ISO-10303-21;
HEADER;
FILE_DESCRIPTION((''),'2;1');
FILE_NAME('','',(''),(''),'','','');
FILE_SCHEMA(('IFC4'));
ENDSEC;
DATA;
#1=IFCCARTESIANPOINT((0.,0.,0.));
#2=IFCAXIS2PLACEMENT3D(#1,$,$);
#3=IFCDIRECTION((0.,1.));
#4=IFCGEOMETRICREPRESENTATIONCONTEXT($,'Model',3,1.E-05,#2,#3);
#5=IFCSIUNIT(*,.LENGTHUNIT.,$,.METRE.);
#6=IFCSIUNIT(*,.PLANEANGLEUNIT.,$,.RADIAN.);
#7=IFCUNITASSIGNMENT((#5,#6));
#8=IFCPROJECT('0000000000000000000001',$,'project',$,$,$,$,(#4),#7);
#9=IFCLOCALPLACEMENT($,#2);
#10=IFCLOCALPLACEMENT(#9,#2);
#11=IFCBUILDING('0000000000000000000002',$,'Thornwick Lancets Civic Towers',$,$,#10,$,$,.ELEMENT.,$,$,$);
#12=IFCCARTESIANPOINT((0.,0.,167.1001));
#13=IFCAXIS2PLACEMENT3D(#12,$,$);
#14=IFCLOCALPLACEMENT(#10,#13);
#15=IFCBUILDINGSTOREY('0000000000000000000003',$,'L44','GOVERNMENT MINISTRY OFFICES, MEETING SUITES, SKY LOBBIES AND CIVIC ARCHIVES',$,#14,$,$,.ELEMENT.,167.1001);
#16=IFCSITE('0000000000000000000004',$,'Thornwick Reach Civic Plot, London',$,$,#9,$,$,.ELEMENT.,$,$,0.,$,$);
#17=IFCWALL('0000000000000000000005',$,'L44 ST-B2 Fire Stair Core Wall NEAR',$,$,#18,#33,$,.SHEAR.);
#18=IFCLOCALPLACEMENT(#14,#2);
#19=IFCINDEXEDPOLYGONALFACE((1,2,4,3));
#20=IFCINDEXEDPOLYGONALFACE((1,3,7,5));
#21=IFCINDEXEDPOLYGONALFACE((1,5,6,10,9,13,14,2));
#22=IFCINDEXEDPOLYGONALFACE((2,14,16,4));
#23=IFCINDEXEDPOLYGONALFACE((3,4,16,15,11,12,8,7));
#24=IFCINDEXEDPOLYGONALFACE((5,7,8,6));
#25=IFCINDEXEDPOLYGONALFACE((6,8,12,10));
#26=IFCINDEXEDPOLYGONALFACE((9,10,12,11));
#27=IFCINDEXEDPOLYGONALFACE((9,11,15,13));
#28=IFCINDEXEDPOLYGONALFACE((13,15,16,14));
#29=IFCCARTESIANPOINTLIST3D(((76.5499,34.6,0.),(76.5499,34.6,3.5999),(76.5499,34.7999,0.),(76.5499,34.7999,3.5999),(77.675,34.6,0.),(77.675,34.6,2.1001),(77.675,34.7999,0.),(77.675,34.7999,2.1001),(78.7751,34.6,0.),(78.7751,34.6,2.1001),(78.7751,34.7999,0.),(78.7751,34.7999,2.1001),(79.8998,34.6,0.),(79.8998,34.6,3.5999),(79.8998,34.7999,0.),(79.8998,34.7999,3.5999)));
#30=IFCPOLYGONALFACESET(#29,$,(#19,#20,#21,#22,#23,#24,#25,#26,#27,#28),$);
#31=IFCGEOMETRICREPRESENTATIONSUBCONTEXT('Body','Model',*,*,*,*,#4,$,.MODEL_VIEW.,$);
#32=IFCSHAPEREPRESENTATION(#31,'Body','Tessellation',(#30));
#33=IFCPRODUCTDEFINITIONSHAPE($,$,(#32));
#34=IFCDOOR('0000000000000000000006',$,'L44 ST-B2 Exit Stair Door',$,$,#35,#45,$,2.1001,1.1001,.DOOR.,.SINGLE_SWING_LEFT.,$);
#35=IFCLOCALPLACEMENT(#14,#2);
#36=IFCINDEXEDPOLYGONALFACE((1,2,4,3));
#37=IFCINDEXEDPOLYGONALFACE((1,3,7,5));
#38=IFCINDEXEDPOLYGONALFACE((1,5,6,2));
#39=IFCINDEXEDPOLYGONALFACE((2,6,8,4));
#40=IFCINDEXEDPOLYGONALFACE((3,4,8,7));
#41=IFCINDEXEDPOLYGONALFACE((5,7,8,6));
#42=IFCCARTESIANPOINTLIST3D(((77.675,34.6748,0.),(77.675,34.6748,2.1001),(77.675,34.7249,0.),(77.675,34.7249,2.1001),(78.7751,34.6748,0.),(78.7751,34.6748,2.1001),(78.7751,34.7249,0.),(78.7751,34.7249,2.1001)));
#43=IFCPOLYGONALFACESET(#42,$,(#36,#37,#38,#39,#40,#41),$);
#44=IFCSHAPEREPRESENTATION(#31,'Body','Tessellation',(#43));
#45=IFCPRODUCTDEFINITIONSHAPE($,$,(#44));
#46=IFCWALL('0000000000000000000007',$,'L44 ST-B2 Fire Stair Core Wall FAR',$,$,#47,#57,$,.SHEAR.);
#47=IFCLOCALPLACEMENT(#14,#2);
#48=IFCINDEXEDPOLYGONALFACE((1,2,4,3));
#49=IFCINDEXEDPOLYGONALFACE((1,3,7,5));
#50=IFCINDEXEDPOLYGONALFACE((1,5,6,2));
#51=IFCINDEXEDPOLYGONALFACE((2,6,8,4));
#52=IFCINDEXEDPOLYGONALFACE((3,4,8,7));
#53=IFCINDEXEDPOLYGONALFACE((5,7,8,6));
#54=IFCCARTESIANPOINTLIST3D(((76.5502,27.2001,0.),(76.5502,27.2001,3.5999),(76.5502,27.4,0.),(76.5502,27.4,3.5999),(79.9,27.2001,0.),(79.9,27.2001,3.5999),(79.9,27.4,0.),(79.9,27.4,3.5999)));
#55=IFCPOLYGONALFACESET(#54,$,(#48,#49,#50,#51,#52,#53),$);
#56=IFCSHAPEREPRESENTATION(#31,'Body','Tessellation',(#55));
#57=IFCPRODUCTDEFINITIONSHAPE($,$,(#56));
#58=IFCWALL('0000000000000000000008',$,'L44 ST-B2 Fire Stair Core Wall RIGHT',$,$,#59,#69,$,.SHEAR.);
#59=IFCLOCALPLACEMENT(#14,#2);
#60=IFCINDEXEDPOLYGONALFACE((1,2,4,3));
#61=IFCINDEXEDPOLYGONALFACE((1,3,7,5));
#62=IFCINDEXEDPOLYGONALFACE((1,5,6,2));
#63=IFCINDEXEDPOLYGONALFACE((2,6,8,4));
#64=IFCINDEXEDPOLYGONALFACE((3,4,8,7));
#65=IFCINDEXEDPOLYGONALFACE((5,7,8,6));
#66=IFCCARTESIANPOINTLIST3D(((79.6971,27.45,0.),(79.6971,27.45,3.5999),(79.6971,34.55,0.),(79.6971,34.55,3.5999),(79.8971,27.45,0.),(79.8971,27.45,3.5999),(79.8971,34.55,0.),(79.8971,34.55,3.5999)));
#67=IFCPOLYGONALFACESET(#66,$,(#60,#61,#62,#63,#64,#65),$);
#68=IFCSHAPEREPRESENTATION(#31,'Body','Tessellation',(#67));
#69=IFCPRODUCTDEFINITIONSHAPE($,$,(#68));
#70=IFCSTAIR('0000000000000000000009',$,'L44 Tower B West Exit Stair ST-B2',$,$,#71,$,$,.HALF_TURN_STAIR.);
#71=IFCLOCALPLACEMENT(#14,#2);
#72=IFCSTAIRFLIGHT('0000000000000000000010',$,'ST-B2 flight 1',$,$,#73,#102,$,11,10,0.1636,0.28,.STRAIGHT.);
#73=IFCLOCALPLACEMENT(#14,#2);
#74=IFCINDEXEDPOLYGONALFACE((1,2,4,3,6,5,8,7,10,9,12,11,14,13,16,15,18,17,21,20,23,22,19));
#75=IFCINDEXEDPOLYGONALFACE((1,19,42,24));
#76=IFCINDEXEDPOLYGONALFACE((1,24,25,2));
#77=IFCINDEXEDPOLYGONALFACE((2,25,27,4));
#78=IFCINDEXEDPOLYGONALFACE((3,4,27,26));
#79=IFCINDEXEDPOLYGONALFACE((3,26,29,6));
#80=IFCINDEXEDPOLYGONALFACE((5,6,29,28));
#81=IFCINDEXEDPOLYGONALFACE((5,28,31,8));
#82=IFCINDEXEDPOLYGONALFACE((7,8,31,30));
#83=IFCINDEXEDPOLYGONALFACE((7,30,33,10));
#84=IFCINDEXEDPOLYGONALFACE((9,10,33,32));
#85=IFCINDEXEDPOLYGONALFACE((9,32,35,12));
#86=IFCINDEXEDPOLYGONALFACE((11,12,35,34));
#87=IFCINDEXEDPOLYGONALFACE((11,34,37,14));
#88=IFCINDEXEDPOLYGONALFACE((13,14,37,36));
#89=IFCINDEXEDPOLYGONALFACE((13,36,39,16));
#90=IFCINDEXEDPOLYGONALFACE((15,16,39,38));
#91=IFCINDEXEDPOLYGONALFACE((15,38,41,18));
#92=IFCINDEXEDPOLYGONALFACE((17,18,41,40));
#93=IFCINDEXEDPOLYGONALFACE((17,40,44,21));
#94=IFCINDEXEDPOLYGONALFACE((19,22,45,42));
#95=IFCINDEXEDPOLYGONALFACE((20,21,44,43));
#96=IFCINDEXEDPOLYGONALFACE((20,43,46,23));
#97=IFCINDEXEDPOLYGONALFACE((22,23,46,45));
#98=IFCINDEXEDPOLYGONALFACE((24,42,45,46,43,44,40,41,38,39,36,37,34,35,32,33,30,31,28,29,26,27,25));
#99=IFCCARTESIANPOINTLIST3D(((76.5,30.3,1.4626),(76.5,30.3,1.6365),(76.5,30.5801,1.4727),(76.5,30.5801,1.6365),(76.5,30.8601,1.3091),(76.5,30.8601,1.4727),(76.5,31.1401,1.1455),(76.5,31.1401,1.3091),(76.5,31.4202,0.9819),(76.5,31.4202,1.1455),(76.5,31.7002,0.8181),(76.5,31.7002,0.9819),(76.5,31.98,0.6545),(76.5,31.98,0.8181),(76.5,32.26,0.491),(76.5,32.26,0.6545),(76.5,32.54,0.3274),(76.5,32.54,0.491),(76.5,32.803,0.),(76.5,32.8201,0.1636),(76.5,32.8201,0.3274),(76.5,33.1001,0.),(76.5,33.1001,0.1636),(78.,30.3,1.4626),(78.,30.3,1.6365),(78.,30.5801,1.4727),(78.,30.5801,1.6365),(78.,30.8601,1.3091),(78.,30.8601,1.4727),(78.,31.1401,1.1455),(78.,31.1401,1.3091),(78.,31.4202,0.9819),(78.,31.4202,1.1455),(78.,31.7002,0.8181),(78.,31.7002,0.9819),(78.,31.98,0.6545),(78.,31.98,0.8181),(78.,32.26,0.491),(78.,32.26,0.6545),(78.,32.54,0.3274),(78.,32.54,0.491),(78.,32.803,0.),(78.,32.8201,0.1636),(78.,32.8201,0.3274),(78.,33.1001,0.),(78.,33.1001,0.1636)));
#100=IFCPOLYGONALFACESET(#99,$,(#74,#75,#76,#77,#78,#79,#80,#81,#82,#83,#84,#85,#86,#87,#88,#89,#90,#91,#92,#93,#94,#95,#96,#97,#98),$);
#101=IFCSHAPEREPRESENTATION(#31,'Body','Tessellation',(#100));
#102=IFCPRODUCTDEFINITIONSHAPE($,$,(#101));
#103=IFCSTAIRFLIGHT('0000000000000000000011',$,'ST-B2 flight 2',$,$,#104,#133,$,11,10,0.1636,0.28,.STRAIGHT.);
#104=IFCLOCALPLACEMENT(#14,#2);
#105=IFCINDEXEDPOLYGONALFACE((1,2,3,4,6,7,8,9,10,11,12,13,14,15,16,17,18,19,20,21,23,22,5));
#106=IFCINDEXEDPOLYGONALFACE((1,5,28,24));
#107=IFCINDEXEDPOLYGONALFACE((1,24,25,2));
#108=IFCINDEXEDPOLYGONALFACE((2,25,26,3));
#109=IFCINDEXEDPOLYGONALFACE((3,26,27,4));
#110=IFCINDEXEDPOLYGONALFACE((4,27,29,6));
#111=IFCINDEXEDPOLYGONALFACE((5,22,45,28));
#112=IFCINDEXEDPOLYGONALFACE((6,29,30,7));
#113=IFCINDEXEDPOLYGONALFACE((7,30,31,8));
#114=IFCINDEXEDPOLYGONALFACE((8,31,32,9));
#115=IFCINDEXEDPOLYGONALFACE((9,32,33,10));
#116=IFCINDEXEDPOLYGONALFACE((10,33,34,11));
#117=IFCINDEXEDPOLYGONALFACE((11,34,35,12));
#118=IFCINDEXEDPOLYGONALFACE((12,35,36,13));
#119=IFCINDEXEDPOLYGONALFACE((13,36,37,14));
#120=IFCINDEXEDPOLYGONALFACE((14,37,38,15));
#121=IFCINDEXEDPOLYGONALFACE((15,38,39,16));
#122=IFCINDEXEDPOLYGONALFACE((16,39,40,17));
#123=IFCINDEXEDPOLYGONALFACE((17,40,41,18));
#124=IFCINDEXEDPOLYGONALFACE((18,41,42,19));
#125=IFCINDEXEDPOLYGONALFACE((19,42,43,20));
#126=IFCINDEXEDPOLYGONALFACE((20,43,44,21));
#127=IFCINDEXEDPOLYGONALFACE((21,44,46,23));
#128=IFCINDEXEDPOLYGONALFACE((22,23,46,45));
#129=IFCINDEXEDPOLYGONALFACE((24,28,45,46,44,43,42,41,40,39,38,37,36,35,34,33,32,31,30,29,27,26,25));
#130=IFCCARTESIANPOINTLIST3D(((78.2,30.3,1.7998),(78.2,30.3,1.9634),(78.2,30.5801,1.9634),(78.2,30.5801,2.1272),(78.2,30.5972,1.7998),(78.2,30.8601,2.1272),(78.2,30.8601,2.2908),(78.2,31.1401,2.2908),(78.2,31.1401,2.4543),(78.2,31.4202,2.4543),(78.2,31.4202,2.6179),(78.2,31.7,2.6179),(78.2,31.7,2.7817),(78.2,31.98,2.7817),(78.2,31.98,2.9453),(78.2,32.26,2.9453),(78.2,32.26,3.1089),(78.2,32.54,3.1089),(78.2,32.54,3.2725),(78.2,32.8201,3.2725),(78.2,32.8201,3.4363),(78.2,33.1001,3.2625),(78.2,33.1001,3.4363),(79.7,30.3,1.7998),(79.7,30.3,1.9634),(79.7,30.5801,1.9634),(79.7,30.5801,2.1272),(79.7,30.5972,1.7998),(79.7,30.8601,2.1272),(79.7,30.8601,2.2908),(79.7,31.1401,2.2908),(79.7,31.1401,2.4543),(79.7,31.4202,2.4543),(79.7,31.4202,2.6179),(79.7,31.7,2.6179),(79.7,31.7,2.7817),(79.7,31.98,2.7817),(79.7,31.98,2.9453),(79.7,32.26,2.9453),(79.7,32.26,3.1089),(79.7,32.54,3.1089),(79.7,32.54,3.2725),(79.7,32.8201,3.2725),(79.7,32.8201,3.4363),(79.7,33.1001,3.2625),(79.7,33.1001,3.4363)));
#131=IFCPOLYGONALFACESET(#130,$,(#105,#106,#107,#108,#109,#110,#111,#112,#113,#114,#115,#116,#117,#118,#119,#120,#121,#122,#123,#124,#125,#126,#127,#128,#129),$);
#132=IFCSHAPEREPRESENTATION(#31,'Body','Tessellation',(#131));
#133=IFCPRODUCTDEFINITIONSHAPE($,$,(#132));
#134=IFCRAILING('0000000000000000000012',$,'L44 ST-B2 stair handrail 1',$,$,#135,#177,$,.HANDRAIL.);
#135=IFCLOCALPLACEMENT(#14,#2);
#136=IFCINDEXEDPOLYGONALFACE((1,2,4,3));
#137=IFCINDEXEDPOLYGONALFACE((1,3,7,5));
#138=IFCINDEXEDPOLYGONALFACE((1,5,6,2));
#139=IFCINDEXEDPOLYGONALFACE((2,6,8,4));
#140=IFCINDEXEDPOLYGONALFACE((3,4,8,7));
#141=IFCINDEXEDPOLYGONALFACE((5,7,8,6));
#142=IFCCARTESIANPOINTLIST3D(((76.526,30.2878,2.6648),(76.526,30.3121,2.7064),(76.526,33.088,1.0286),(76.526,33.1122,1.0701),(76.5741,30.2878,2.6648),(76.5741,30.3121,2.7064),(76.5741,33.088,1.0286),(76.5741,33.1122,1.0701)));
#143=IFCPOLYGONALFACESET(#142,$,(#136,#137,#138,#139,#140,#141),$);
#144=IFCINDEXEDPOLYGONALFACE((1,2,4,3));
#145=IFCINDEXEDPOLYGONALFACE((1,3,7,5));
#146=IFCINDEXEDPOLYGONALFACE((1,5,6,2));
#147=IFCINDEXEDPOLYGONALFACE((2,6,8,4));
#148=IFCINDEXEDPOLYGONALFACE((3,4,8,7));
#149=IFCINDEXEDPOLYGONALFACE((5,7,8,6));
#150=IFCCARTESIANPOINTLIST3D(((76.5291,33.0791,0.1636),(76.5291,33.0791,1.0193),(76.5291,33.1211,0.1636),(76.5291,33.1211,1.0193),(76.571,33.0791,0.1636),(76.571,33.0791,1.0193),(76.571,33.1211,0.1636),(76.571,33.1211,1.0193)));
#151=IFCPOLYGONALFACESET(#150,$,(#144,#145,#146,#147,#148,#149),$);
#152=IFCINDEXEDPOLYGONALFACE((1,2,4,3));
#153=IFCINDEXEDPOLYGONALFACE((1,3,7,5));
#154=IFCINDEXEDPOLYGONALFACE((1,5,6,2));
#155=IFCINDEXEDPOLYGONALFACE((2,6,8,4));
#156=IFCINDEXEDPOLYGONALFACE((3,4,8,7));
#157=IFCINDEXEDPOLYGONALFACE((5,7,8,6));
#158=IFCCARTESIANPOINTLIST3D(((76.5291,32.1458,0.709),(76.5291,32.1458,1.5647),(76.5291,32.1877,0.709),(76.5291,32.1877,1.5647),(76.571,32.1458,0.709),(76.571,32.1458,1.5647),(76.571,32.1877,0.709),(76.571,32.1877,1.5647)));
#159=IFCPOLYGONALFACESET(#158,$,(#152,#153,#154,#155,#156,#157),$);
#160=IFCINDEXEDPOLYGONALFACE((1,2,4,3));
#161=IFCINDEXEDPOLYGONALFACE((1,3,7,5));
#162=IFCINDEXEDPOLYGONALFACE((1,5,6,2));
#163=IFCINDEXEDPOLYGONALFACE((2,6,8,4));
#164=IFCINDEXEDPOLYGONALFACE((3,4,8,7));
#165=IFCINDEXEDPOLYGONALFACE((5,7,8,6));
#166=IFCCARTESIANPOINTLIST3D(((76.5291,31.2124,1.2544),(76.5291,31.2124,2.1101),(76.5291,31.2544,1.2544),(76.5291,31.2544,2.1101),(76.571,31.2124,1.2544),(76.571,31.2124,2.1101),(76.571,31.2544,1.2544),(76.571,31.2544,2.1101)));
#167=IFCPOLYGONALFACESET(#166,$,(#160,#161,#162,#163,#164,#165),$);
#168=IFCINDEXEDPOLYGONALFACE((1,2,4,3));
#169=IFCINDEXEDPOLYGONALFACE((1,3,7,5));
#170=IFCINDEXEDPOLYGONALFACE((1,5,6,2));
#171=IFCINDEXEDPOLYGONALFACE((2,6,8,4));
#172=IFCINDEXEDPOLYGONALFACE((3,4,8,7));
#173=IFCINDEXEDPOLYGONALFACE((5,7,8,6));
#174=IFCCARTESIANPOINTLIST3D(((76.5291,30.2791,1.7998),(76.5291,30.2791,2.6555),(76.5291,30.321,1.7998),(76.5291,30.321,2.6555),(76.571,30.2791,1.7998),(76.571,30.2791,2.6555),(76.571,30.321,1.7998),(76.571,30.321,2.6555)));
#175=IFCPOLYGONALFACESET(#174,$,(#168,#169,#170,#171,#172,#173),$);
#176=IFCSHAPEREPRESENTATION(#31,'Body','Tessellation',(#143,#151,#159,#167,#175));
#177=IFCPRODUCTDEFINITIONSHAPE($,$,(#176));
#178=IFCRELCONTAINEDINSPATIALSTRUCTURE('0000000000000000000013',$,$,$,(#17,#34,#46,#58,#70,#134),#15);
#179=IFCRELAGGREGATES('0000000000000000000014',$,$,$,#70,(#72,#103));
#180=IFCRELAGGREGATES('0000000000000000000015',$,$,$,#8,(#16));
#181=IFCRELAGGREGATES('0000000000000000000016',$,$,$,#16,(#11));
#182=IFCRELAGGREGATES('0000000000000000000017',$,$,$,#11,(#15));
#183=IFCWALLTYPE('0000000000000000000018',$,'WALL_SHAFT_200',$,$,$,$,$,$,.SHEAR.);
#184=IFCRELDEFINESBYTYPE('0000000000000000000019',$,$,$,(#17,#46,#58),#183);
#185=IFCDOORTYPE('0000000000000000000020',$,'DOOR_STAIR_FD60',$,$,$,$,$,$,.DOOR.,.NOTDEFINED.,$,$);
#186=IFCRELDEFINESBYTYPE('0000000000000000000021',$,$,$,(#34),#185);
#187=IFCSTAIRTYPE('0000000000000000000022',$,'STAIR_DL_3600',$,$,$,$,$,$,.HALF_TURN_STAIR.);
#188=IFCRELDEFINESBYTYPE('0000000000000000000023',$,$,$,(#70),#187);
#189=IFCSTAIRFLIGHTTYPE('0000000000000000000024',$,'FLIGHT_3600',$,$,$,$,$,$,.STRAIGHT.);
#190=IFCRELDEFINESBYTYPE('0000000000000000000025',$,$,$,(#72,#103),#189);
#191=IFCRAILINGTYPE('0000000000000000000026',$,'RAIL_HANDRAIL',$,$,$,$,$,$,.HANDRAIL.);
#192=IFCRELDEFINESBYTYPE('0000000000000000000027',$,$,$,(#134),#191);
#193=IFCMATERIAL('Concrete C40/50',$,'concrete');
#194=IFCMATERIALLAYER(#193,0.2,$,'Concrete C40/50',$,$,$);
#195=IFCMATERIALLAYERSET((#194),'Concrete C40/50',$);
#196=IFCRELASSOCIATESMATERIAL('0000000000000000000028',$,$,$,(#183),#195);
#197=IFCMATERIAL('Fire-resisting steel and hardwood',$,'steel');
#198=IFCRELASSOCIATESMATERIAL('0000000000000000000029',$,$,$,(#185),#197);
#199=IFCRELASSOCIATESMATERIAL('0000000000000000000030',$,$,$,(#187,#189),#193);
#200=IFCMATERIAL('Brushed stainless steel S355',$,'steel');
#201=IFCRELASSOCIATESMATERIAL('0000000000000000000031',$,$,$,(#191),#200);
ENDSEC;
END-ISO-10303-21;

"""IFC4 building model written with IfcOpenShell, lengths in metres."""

from ifc_helpers import new_model, si_unit, direction, frame, frame_2d, origin, origin_2d, place, context, subcontext, project, spatial, polyline, rectangle, outline, extrude, material, layer, layer_set, type_object, element, fill, aggregate, save


model = new_model("IFC4")

# Units and contexts
model_context = context("Model", 3, precision=1e-05, world=origin(), true_north=direction((0.0, 1.0)))
body_context = subcontext(model_context, "Body", "Model", "MODEL_VIEW")
ifc_project = project(units=[si_unit("LENGTHUNIT", "METRE"), si_unit("PLANEANGLEUNIT", "RADIAN")], contexts=[model_context])

# Site, building, storey
site_placement = place(None, origin())
site = spatial("IfcSite", under=ifc_project, at=site_placement, Name="Thornwick Reach Civic Plot, London", CompositionType="ELEMENT", RefElevation=0.0)
building_placement = place(site_placement, origin())
building = spatial("IfcBuilding", under=site, at=building_placement, Name="Thornwick Lancets Civic Towers", CompositionType="ELEMENT")
storey_placement = place(building_placement, frame((0.0, 0.0, 167.1001)))
storey = spatial("IfcBuildingStorey", under=building, at=storey_placement, Name="L44", Description="GOVERNMENT MINISTRY OFFICES, MEETING SUITES, SKY LOBBIES AND CIVIC ARCHIVES", CompositionType="ELEMENT", Elevation=167.1001)

# Shared definitions
ifc_material_1 = material(Name="Concrete C40/50", Category="concrete")

# Wall, opening, door
ifc_layer_1 = layer(ifc_material_1, 0.2, Name="Concrete C40/50")
ifc_layer_set_1 = layer_set([ifc_layer_1], Name="Concrete C40/50")
wall_type_1 = type_object("IfcWallType", Name="WALL_SHAFT_200", PredefinedType="SHEAR", material=ifc_layer_set_1)
wall_1_placement = place(storey_placement, frame((76.55, 34.7, 0.0), z_axis=(0.0, 0.0, 1.0), x_axis=(1.0, 0.0, 0.0)))
wall_1 = element("IfcWall", 1, at=wall_1_placement, inside=storey, type_object=wall_type_1, Name="L44 ST-B2 Fire Stair Core Wall NEAR", PredefinedType="SHEAR", context=body_context, shape_type="SweptSolid", body=[
    extrude(rectangle(XDim=3.3499, YDim=0.2, at=frame_2d((1.6748, 0.0))), origin(), (0.0, 0.0, 1.0), 3.5999),
])
opening_1_placement = place(wall_1_placement, frame((1.125, 0.0, 0.0)))
opening_1 = element("IfcOpeningElement", 2, at=opening_1_placement, cuts=wall_1, PredefinedType="OPENING", context=body_context, shape_type="SweptSolid", body=[
    extrude(rectangle(XDim=1.1001, YDim=2.1001, at=frame_2d((0.55, 1.05))), frame((0.0, 0.1099, 0.0), z_axis=(0.0, -1.0, 0.0), x_axis=(1.0, 0.0, 0.0)), (0.0, 0.0, 1.0), 0.22),
])
ifc_material_2 = material(Name="Fire-resisting steel and hardwood", Category="steel")
door_type_1 = type_object("IfcDoorType", Name="DOOR_STAIR_FD60", OperationType="NOTDEFINED", PredefinedType="DOOR", material=ifc_material_2)
door_1_placement = place(opening_1_placement, origin())
door_1 = element("IfcDoor", 3, at=door_1_placement, inside=storey, type_object=door_type_1, Name="L44 ST-B2 Exit Stair Door", OperationType="SINGLE_SWING_LEFT", OverallHeight=2.1001, OverallWidth=1.1001, PredefinedType="DOOR", context=body_context, shape_type="SweptSolid", body=[
    extrude(rectangle(XDim=1.1001, YDim=2.1001, at=frame_2d((0.55, 1.05))), frame((0.0, 0.0249, 0.0), z_axis=(0.0, -1.0, 0.0), x_axis=(1.0, 0.0, 0.0)), (0.0, 0.0, 1.0), 0.05),
])
fill(opening_1, door_1)

# Walls
wall_2_placement = place(storey_placement, frame((79.8999, 27.3, 0.0), z_axis=(0.0, 0.0, 1.0), x_axis=(-1.0, 0.0, 0.0)))
element("IfcWall", 4, at=wall_2_placement, inside=storey, type_object=wall_type_1, Name="L44 ST-B2 Fire Stair Core Wall FAR", PredefinedType="SHEAR", context=body_context, shape_type="SweptSolid", body=[
    extrude(rectangle(XDim=3.3499, YDim=0.2, at=frame_2d((1.6748, 0.0))), origin(), (0.0, 0.0, 1.0), 3.5999),
])
wall_3_placement = place(storey_placement, frame((79.7971, 27.45, 0.0), z_axis=(0.0, 0.0, 1.0), x_axis=(0.0, 1.0, 0.0)))
element("IfcWall", 5, at=wall_3_placement, inside=storey, type_object=wall_type_1, Name="L44 ST-B2 Fire Stair Core Wall RIGHT", PredefinedType="SHEAR", context=body_context, shape_type="SweptSolid", body=[
    extrude(rectangle(XDim=7.1001, YDim=0.2, at=frame_2d((3.55, 0.0))), origin(), (0.0, 0.0, 1.0), 3.5999),
])

# Stair, stair flights
stair_type = type_object("IfcStairType", Name="STAIR_DL_3600", PredefinedType="HALF_TURN_STAIR", material=ifc_material_1)
stair_placement = place(storey_placement, origin())
stair = element("IfcStair", 6, at=stair_placement, inside=storey, type_object=stair_type, Name="L44 Tower B West Exit Stair ST-B2", PredefinedType="HALF_TURN_STAIR")
stair_flight_type = type_object("IfcStairFlightType", Name="FLIGHT_3600", PredefinedType="STRAIGHT", material=ifc_material_1)
stair_flight_1_placement = place(storey_placement, frame((77.25, 33.1001, 0.0), z_axis=(0.0, 0.0, 1.0), x_axis=(0.0, -1.0, 0.0)))
stair_flight_1 = element("IfcStairFlight", 7, at=stair_flight_1_placement, type_object=stair_flight_type, Name="ST-B2 flight 1", NumberOfRisers=11, NumberOfTreads=10, PredefinedType="STRAIGHT", RiserHeight=0.1636, TreadLength=0.28, context=body_context, shape_type="SweptSolid", body=[
    extrude(outline(polyline([(0.0, 0.0), (0.0, 0.1636), (0.28, 0.1636), (0.28, 0.3274), (0.5601, 0.3274), (0.5601, 0.491), (0.8401, 0.491), (0.8401, 0.6545), (1.1201, 0.6545), (1.1201, 0.8181), (1.3999, 0.8181), (1.3999, 0.9819), (1.6799, 0.9819), (1.6799, 1.1455), (1.96, 1.1455), (1.96, 1.3091), (2.24, 1.3091), (2.24, 1.4727), (2.52, 1.4727), (2.52, 1.6365), (2.8, 1.6365), (2.8, 1.8), (2.8, 1.4626), (0.2971, 0.0), (0.0, 0.0)])), frame((0.0, 0.75, 0.0), z_axis=(0.0, -1.0, 0.0), x_axis=(1.0, 0.0, 0.0)), (0.0, 0.0, 1.0), 1.5),
])
stair_flight_2_placement = place(storey_placement, frame((78.95, 30.3, 1.7998), z_axis=(0.0, 0.0, 1.0), x_axis=(0.0, 1.0, 0.0)))
stair_flight_2 = element("IfcStairFlight", 8, at=stair_flight_2_placement, type_object=stair_flight_type, Name="ST-B2 flight 2", NumberOfRisers=11, NumberOfTreads=10, PredefinedType="STRAIGHT", RiserHeight=0.1636, TreadLength=0.28, context=body_context, shape_type="SweptSolid", body=[
    extrude(outline(polyline([(0.0, 0.0), (0.0, 0.1636), (0.28, 0.1636), (0.28, 0.3274), (0.5601, 0.3274), (0.5601, 0.491), (0.8401, 0.491), (0.8401, 0.6545), (1.1201, 0.6545), (1.1201, 0.8181), (1.3999, 0.8181), (1.3999, 0.9819), (1.6799, 0.9819), (1.6799, 1.1455), (1.96, 1.1455), (1.96, 1.3091), (2.24, 1.3091), (2.24, 1.4727), (2.52, 1.4727), (2.52, 1.6365), (2.8, 1.6365), (2.8, 1.8), (2.8, 1.4626), (0.2971, 0.0), (0.0, 0.0)])), frame((0.0, 0.75, 0.0), z_axis=(0.0, -1.0, 0.0), x_axis=(1.0, 0.0, 0.0)), (0.0, 0.0, 1.0), 1.5),
])
aggregate(stair, [stair_flight_1, stair_flight_2])

# Railing
ifc_material_3 = material(Name="Brushed stainless steel S355", Category="steel")
railing_type_1 = type_object("IfcRailingType", Name="RAIL_HANDRAIL", PredefinedType="HANDRAIL", material=ifc_material_3)
railing_1_placement = place(storey_placement, frame((76.55, 33.1001, 0.1636)))
element("IfcRailing", 9, at=railing_1_placement, inside=storey, type_object=railing_type_1, Name="L44 ST-B2 stair handrail 1", PredefinedType="HANDRAIL", context=body_context, shape_type="SweptSolid", body=[
    extrude(rectangle(XDim=0.0481, YDim=0.0481, at=origin_2d()), frame((0.0, 0.0, 0.8857), z_axis=(0.0, -0.863394, 0.504531), x_axis=(1.0, 0.0, 0.0)), (0.0, 0.0, 1.0), 3.2432),
    extrude(rectangle(XDim=0.042, YDim=0.042, at=origin_2d()), origin(), (0.0, 0.0, 1.0), 0.8557),
    extrude(rectangle(XDim=0.042, YDim=0.042, at=origin_2d()), frame((0.0, -0.9333, 0.5454)), (0.0, 0.0, 1.0), 0.8557),
    extrude(rectangle(XDim=0.042, YDim=0.042, at=origin_2d()), frame((0.0, -1.8667, 1.0908)), (0.0, 0.0, 1.0), 0.8557),
    extrude(rectangle(XDim=0.042, YDim=0.042, at=origin_2d()), frame((0.0, -2.8, 1.6362)), (0.0, 0.0, 1.0), 0.8557),
])

save(model, "model.ifc")
